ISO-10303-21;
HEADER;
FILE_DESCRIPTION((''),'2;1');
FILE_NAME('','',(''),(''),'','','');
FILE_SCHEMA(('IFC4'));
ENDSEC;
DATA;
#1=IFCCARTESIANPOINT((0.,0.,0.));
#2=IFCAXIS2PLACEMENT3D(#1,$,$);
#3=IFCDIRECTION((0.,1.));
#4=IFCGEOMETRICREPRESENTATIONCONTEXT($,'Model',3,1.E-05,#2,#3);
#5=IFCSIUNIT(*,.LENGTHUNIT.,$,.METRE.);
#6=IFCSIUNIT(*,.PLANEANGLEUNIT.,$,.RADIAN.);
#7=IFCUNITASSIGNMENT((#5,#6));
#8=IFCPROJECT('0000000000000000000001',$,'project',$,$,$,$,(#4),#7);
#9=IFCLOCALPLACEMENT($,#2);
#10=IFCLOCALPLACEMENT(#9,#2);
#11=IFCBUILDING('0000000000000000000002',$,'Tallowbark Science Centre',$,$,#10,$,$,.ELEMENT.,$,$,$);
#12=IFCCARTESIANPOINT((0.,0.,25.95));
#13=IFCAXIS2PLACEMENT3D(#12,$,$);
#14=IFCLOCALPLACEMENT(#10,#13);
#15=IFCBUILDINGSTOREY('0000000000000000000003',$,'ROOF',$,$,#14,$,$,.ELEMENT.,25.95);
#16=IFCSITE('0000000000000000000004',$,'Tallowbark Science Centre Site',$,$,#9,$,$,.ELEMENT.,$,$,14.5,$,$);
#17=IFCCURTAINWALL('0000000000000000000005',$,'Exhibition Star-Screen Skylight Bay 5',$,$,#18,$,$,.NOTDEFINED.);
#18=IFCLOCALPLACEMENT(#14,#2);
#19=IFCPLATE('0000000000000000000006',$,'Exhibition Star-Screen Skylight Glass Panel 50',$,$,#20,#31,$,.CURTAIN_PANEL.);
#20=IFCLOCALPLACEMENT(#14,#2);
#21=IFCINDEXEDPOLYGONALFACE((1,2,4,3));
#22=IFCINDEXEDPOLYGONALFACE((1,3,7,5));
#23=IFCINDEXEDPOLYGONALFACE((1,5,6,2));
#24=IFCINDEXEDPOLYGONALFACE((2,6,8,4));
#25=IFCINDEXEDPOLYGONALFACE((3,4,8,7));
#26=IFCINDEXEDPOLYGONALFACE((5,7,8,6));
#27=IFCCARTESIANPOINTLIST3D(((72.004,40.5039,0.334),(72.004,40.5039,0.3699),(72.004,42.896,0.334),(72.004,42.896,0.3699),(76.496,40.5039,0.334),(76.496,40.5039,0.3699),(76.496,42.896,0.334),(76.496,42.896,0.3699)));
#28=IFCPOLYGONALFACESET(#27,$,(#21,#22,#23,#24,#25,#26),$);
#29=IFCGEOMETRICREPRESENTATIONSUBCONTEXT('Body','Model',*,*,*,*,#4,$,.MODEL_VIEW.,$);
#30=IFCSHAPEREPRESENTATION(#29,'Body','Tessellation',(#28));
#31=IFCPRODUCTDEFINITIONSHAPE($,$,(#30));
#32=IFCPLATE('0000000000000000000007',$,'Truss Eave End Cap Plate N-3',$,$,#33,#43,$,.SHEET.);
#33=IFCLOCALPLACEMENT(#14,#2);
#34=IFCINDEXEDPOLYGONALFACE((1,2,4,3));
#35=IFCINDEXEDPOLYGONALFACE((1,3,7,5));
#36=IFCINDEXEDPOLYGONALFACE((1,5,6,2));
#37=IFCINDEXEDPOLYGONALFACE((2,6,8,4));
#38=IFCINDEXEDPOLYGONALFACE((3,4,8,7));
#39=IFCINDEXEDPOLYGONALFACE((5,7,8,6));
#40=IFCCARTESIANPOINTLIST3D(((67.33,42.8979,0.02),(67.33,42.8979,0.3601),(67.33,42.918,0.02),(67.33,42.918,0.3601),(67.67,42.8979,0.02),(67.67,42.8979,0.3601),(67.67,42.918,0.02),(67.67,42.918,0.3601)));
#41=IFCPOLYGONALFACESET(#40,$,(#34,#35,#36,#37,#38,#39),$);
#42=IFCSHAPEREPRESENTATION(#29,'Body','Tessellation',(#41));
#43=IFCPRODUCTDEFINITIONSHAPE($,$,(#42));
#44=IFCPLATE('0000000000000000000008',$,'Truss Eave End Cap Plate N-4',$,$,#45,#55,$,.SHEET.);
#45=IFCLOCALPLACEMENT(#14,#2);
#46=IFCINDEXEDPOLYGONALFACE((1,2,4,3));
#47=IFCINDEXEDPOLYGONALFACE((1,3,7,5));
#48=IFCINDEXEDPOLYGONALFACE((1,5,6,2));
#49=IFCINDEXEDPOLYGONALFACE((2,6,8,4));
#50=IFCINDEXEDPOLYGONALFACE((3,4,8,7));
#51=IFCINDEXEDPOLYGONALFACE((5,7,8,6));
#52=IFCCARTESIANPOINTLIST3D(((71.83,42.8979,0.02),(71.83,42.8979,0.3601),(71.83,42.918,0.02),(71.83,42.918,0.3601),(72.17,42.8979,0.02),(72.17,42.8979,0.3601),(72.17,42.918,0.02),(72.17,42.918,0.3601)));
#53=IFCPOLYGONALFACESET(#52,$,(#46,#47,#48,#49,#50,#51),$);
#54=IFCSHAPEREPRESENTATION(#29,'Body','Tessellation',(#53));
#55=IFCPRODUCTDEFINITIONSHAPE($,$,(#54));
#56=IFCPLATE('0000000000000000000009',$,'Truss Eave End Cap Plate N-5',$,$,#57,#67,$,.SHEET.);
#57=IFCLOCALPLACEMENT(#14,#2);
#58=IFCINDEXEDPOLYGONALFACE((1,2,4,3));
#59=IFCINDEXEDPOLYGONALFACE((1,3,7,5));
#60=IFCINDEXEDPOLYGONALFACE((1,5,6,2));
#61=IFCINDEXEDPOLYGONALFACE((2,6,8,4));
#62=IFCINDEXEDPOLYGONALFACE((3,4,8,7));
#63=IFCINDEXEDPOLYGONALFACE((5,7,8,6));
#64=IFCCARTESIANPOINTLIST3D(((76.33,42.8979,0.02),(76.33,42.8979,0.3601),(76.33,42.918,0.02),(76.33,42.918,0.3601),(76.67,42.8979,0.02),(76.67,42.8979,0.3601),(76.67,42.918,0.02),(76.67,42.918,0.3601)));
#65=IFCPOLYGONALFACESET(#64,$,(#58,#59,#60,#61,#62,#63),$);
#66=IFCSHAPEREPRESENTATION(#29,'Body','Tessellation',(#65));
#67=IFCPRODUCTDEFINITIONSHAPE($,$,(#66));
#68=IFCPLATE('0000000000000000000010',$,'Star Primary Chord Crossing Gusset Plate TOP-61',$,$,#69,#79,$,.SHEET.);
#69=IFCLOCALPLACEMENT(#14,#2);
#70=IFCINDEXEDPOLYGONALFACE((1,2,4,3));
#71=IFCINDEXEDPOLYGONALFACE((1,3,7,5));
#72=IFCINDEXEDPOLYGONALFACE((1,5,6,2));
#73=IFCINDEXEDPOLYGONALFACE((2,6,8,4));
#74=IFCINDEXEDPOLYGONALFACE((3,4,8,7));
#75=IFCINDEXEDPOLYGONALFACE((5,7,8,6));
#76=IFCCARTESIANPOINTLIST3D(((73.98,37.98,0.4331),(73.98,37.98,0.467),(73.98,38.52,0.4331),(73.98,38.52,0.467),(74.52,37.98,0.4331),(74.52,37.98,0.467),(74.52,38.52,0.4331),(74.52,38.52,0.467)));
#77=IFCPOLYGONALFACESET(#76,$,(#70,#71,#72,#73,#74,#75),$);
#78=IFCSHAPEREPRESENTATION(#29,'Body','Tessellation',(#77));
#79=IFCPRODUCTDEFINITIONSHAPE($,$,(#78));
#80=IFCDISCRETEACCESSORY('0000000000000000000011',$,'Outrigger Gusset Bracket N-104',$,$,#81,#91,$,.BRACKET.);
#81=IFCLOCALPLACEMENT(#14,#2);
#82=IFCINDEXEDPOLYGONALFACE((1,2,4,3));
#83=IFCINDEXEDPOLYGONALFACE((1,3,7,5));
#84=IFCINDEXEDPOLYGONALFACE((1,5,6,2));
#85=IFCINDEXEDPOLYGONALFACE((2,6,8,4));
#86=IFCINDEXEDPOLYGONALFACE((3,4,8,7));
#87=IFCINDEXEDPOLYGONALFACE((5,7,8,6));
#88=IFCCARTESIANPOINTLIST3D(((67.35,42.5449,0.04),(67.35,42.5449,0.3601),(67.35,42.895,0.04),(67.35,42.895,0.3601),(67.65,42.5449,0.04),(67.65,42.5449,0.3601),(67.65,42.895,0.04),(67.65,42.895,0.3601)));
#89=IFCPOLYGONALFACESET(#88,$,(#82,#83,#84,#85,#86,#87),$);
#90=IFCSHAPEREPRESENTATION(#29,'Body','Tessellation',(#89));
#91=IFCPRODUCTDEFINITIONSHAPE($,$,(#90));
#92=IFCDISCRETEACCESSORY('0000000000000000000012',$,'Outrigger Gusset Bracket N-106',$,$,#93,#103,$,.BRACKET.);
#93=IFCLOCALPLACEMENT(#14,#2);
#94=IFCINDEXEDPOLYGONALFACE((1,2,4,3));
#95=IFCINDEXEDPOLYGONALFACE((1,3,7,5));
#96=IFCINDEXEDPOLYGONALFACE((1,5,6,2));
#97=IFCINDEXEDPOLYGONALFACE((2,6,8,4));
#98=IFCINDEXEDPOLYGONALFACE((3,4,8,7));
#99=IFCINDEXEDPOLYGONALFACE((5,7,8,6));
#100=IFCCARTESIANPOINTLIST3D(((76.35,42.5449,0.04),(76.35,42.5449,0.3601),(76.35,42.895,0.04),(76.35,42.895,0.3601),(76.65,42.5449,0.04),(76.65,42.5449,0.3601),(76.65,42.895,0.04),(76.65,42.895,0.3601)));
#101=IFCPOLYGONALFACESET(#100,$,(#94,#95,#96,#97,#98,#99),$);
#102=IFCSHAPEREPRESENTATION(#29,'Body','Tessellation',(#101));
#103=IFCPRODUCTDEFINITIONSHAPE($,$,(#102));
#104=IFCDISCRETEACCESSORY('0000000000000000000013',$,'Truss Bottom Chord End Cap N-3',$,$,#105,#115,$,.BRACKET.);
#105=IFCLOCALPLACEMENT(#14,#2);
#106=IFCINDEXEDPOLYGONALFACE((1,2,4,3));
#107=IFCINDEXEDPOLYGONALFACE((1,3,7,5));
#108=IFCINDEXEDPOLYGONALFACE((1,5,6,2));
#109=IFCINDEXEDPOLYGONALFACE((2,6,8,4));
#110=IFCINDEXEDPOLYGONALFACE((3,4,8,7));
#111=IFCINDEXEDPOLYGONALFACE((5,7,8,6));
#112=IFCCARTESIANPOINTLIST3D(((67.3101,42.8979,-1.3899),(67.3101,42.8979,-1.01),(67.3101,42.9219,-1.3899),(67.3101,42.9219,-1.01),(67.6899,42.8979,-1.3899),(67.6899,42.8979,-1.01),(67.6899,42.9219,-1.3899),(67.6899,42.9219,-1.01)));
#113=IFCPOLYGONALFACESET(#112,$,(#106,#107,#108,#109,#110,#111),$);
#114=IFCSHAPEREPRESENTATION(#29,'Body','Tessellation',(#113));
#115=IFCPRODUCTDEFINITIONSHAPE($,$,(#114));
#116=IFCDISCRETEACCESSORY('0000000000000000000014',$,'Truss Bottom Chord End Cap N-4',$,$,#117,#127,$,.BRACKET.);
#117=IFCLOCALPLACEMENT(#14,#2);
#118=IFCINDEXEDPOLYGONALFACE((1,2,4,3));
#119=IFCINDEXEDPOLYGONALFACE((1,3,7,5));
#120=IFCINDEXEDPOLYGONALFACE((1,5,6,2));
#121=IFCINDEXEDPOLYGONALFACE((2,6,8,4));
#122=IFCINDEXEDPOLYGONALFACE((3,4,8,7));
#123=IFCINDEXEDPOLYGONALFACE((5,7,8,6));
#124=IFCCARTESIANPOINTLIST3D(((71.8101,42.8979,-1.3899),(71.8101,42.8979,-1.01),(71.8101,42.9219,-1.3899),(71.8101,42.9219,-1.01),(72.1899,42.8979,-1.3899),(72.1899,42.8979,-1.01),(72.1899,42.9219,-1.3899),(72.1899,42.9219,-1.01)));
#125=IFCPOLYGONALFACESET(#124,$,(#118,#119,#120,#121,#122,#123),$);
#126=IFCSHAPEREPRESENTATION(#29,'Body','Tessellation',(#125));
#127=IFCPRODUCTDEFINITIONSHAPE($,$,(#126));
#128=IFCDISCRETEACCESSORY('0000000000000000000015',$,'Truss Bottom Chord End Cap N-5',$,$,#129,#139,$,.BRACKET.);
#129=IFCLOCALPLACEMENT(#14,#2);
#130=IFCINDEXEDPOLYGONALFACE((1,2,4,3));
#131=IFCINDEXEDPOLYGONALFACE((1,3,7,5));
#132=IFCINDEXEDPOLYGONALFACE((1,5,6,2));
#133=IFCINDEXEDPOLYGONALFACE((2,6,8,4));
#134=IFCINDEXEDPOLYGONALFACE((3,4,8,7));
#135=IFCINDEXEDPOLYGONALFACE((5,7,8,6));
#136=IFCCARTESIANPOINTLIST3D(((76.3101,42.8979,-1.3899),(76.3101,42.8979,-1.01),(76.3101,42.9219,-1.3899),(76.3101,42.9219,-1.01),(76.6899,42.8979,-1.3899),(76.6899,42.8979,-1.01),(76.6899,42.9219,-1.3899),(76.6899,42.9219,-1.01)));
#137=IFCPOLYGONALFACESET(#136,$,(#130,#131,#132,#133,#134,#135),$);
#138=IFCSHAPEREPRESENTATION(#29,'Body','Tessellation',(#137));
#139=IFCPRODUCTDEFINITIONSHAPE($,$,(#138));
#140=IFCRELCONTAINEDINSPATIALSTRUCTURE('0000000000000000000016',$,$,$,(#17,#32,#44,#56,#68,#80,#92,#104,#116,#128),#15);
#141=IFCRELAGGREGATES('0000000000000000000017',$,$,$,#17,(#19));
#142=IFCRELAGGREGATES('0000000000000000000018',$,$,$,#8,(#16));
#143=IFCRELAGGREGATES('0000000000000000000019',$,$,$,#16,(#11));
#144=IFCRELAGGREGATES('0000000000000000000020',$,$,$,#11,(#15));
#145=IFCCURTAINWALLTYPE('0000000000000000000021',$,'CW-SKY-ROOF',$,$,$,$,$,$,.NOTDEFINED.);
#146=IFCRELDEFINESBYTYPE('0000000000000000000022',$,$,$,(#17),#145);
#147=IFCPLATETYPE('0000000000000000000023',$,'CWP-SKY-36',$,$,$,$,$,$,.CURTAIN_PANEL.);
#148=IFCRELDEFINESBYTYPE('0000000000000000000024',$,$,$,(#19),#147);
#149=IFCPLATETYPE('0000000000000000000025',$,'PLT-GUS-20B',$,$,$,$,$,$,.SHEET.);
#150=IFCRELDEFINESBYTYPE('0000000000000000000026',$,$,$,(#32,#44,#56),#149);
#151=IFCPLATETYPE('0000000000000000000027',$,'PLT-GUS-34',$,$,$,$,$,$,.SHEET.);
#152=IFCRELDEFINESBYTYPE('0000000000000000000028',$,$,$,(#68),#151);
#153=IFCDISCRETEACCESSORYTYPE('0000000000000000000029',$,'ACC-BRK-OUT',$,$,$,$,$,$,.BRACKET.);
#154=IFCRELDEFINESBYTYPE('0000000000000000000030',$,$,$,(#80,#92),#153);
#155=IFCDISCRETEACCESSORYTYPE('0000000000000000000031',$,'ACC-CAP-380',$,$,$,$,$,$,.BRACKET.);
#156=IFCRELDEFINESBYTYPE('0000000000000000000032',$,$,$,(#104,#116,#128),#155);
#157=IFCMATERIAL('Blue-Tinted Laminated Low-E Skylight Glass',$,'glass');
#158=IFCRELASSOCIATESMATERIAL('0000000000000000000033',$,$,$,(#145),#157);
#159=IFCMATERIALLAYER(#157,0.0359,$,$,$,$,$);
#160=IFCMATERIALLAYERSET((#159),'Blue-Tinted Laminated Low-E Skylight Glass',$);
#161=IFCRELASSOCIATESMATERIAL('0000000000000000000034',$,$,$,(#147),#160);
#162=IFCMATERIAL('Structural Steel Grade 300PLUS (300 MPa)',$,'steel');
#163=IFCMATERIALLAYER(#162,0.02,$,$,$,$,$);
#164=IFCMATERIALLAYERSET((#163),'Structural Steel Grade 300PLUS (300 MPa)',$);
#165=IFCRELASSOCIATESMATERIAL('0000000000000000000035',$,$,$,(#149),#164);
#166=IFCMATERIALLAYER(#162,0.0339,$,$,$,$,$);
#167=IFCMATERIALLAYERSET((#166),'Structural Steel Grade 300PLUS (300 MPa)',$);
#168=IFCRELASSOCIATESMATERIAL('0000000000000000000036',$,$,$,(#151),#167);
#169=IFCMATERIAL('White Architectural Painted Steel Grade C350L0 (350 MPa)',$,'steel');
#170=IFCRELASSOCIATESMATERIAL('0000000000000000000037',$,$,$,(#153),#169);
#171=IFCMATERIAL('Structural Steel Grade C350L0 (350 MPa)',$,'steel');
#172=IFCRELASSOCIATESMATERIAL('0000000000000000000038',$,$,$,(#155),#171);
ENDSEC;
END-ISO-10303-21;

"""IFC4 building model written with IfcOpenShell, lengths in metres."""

from ifc_helpers import new_model, si_unit, direction, frame, origin, origin_2d, place, context, subcontext, project, spatial, rectangle, extrude, material, layer, layer_set, type_object, element, aggregate, save


model = new_model("IFC4")

# Units and contexts
model_context = context("Model", 3, precision=1e-05, world=origin(), true_north=direction((0.0, 1.0)))
body_context = subcontext(model_context, "Body", "Model", "MODEL_VIEW")
ifc_project = project(units=[si_unit("LENGTHUNIT", "METRE"), si_unit("PLANEANGLEUNIT", "RADIAN")], contexts=[model_context])

# Site, building, storey
site_placement = place(None, origin())
site = spatial("IfcSite", under=ifc_project, at=site_placement, Name="Tallowbark Science Centre Site", CompositionType="ELEMENT", RefElevation=14.5)
building_placement = place(site_placement, origin())
building = spatial("IfcBuilding", under=site, at=building_placement, Name="Tallowbark Science Centre", CompositionType="ELEMENT")
storey_placement = place(building_placement, frame((0.0, 0.0, 25.95)))
storey = spatial("IfcBuildingStorey", under=building, at=storey_placement, Name="ROOF", CompositionType="ELEMENT", Elevation=25.95)

# Shared definitions
ifc_material_1 = material(Name="White Architectural Painted Steel Grade C350L0 (350 MPa)", Category="steel")

# Curtain wall
ifc_material_2 = material(Name="Blue-Tinted Laminated Low-E Skylight Glass", Category="glass")
curtain_wall_type = type_object("IfcCurtainWallType", Name="CW-SKY-ROOF", PredefinedType="NOTDEFINED", material=ifc_material_2)
curtain_wall_1_placement = place(storey_placement, origin())
curtain_wall_1 = element("IfcCurtainWall", 1, at=curtain_wall_1_placement, inside=storey, type_object=curtain_wall_type, Name="Exhibition Star-Screen Skylight Bay 5", PredefinedType="NOTDEFINED")

# Shared definitions
ifc_layer_1 = layer(ifc_material_2, 0.0359)
ifc_layer_set_1 = layer_set([ifc_layer_1], Name="Blue-Tinted Laminated Low-E Skylight Glass")
plate_type_1 = type_object("IfcPlateType", Name="CWP-SKY-36", PredefinedType="CURTAIN_PANEL", material=ifc_layer_set_1)

# Plate
plate_1_placement = place(storey_placement, frame((74.25, 41.7, 0.334), z_axis=(0.0, 0.0, 1.0), x_axis=(1.0, 0.0, 0.0)))
plate_1 = element("IfcPlate", 2, at=plate_1_placement, type_object=plate_type_1, Name="Exhibition Star-Screen Skylight Glass Panel 50", PredefinedType="CURTAIN_PANEL", context=body_context, shape_type="SweptSolid", body=[
    extrude(rectangle(XDim=4.4919, YDim=2.3921, at=origin_2d()), origin(), (0.0, 0.0, 1.0), 0.0359),
])
aggregate(curtain_wall_1, [plate_1])

# Plates
ifc_material_3 = material(Name="Structural Steel Grade 300PLUS (300 MPa)", Category="steel")
ifc_layer_2 = layer(ifc_material_3, 0.02)
ifc_layer_set_2 = layer_set([ifc_layer_2], Name="Structural Steel Grade 300PLUS (300 MPa)")
plate_type_2 = type_object("IfcPlateType", Name="PLT-GUS-20B", PredefinedType="SHEET", material=ifc_layer_set_2)
for number, where, z_axis, x_axis, name in (
    (3, (67.5, 42.908, 0.02), (0.0, 0.0, 1.0), (1.0, 0.0, 0.0), "Truss Eave End Cap Plate N-3"),
    (4, (72.0, 42.908, 0.02), (0.0, 0.0, 1.0), (1.0, 0.0, 0.0), "Truss Eave End Cap Plate N-4"),
    (5, (76.5, 42.908, 0.02), (0.0, 0.0, 1.0), (1.0, 0.0, 0.0), "Truss Eave End Cap Plate N-5"),
):
    element("IfcPlate", number, at=place(storey_placement, frame(where, z_axis=z_axis, x_axis=x_axis)), inside=storey, type_object=plate_type_2, Name=name, PredefinedType="SHEET", context=body_context, shape_type="SweptSolid", body=[
        extrude(rectangle(XDim=0.3401, YDim=0.02, at=origin_2d()), origin(), (0.0, 0.0, 1.0), 0.3401),
    ])
ifc_layer_3 = layer(ifc_material_3, 0.0339)
ifc_layer_set_3 = layer_set([ifc_layer_3], Name="Structural Steel Grade 300PLUS (300 MPa)")
plate_type_3 = type_object("IfcPlateType", Name="PLT-GUS-34", PredefinedType="SHEET", material=ifc_layer_set_3)
plate_2_placement = place(storey_placement, frame((74.25, 38.25, 0.4331), z_axis=(0.0, 0.0, 1.0), x_axis=(1.0, 0.0, 0.0)))
element("IfcPlate", 6, at=plate_2_placement, inside=storey, type_object=plate_type_3, Name="Star Primary Chord Crossing Gusset Plate TOP-61", PredefinedType="SHEET", context=body_context, shape_type="SweptSolid", body=[
    extrude(rectangle(XDim=0.54, YDim=0.54, at=origin_2d()), origin(), (0.0, 0.0, 1.0), 0.0339),
])

# Discrete accessories
discrete_accessory_type_1 = type_object("IfcDiscreteAccessoryType", Name="ACC-BRK-OUT", PredefinedType="BRACKET", material=ifc_material_1)
for number, where, z_axis, x_axis, name in (
    (7, (67.5, 42.72, 0.04), (0.0, 0.0, 1.0), (1.0, 0.0, 0.0), "Outrigger Gusset Bracket N-104"),
    (8, (76.5, 42.72, 0.04), (0.0, 0.0, 1.0), (1.0, 0.0, 0.0), "Outrigger Gusset Bracket N-106"),
):
    element("IfcDiscreteAccessory", number, at=place(storey_placement, frame(where, z_axis=z_axis, x_axis=x_axis)), inside=storey, type_object=discrete_accessory_type_1, Name=name, PredefinedType="BRACKET", context=body_context, shape_type="SweptSolid", body=[
        extrude(rectangle(XDim=0.3, YDim=0.3501, at=origin_2d()), origin(), (0.0, 0.0, 1.0), 0.3201),
    ])
ifc_material_4 = material(Name="Structural Steel Grade C350L0 (350 MPa)", Category="steel")
discrete_accessory_type_2 = type_object("IfcDiscreteAccessoryType", Name="ACC-CAP-380", PredefinedType="BRACKET", material=ifc_material_4)
for number, where, z_axis, x_axis, name in (
    (9, (67.5, 42.9099, -1.3899), (0.0, 0.0, 1.0), (1.0, 0.0, 0.0), "Truss Bottom Chord End Cap N-3"),
    (10, (72.0, 42.9099, -1.3899), (0.0, 0.0, 1.0), (1.0, 0.0, 0.0), "Truss Bottom Chord End Cap N-4"),
    (11, (76.5, 42.9099, -1.3899), (0.0, 0.0, 1.0), (1.0, 0.0, 0.0), "Truss Bottom Chord End Cap N-5"),
):
    element("IfcDiscreteAccessory", number, at=place(storey_placement, frame(where, z_axis=z_axis, x_axis=x_axis)), inside=storey, type_object=discrete_accessory_type_2, Name=name, PredefinedType="BRACKET", context=body_context, shape_type="SweptSolid", body=[
        extrude(rectangle(XDim=0.3799, YDim=0.0239, at=origin_2d()), origin(), (0.0, 0.0, 1.0), 0.3799),
    ])

save(model, "model.ifc")
